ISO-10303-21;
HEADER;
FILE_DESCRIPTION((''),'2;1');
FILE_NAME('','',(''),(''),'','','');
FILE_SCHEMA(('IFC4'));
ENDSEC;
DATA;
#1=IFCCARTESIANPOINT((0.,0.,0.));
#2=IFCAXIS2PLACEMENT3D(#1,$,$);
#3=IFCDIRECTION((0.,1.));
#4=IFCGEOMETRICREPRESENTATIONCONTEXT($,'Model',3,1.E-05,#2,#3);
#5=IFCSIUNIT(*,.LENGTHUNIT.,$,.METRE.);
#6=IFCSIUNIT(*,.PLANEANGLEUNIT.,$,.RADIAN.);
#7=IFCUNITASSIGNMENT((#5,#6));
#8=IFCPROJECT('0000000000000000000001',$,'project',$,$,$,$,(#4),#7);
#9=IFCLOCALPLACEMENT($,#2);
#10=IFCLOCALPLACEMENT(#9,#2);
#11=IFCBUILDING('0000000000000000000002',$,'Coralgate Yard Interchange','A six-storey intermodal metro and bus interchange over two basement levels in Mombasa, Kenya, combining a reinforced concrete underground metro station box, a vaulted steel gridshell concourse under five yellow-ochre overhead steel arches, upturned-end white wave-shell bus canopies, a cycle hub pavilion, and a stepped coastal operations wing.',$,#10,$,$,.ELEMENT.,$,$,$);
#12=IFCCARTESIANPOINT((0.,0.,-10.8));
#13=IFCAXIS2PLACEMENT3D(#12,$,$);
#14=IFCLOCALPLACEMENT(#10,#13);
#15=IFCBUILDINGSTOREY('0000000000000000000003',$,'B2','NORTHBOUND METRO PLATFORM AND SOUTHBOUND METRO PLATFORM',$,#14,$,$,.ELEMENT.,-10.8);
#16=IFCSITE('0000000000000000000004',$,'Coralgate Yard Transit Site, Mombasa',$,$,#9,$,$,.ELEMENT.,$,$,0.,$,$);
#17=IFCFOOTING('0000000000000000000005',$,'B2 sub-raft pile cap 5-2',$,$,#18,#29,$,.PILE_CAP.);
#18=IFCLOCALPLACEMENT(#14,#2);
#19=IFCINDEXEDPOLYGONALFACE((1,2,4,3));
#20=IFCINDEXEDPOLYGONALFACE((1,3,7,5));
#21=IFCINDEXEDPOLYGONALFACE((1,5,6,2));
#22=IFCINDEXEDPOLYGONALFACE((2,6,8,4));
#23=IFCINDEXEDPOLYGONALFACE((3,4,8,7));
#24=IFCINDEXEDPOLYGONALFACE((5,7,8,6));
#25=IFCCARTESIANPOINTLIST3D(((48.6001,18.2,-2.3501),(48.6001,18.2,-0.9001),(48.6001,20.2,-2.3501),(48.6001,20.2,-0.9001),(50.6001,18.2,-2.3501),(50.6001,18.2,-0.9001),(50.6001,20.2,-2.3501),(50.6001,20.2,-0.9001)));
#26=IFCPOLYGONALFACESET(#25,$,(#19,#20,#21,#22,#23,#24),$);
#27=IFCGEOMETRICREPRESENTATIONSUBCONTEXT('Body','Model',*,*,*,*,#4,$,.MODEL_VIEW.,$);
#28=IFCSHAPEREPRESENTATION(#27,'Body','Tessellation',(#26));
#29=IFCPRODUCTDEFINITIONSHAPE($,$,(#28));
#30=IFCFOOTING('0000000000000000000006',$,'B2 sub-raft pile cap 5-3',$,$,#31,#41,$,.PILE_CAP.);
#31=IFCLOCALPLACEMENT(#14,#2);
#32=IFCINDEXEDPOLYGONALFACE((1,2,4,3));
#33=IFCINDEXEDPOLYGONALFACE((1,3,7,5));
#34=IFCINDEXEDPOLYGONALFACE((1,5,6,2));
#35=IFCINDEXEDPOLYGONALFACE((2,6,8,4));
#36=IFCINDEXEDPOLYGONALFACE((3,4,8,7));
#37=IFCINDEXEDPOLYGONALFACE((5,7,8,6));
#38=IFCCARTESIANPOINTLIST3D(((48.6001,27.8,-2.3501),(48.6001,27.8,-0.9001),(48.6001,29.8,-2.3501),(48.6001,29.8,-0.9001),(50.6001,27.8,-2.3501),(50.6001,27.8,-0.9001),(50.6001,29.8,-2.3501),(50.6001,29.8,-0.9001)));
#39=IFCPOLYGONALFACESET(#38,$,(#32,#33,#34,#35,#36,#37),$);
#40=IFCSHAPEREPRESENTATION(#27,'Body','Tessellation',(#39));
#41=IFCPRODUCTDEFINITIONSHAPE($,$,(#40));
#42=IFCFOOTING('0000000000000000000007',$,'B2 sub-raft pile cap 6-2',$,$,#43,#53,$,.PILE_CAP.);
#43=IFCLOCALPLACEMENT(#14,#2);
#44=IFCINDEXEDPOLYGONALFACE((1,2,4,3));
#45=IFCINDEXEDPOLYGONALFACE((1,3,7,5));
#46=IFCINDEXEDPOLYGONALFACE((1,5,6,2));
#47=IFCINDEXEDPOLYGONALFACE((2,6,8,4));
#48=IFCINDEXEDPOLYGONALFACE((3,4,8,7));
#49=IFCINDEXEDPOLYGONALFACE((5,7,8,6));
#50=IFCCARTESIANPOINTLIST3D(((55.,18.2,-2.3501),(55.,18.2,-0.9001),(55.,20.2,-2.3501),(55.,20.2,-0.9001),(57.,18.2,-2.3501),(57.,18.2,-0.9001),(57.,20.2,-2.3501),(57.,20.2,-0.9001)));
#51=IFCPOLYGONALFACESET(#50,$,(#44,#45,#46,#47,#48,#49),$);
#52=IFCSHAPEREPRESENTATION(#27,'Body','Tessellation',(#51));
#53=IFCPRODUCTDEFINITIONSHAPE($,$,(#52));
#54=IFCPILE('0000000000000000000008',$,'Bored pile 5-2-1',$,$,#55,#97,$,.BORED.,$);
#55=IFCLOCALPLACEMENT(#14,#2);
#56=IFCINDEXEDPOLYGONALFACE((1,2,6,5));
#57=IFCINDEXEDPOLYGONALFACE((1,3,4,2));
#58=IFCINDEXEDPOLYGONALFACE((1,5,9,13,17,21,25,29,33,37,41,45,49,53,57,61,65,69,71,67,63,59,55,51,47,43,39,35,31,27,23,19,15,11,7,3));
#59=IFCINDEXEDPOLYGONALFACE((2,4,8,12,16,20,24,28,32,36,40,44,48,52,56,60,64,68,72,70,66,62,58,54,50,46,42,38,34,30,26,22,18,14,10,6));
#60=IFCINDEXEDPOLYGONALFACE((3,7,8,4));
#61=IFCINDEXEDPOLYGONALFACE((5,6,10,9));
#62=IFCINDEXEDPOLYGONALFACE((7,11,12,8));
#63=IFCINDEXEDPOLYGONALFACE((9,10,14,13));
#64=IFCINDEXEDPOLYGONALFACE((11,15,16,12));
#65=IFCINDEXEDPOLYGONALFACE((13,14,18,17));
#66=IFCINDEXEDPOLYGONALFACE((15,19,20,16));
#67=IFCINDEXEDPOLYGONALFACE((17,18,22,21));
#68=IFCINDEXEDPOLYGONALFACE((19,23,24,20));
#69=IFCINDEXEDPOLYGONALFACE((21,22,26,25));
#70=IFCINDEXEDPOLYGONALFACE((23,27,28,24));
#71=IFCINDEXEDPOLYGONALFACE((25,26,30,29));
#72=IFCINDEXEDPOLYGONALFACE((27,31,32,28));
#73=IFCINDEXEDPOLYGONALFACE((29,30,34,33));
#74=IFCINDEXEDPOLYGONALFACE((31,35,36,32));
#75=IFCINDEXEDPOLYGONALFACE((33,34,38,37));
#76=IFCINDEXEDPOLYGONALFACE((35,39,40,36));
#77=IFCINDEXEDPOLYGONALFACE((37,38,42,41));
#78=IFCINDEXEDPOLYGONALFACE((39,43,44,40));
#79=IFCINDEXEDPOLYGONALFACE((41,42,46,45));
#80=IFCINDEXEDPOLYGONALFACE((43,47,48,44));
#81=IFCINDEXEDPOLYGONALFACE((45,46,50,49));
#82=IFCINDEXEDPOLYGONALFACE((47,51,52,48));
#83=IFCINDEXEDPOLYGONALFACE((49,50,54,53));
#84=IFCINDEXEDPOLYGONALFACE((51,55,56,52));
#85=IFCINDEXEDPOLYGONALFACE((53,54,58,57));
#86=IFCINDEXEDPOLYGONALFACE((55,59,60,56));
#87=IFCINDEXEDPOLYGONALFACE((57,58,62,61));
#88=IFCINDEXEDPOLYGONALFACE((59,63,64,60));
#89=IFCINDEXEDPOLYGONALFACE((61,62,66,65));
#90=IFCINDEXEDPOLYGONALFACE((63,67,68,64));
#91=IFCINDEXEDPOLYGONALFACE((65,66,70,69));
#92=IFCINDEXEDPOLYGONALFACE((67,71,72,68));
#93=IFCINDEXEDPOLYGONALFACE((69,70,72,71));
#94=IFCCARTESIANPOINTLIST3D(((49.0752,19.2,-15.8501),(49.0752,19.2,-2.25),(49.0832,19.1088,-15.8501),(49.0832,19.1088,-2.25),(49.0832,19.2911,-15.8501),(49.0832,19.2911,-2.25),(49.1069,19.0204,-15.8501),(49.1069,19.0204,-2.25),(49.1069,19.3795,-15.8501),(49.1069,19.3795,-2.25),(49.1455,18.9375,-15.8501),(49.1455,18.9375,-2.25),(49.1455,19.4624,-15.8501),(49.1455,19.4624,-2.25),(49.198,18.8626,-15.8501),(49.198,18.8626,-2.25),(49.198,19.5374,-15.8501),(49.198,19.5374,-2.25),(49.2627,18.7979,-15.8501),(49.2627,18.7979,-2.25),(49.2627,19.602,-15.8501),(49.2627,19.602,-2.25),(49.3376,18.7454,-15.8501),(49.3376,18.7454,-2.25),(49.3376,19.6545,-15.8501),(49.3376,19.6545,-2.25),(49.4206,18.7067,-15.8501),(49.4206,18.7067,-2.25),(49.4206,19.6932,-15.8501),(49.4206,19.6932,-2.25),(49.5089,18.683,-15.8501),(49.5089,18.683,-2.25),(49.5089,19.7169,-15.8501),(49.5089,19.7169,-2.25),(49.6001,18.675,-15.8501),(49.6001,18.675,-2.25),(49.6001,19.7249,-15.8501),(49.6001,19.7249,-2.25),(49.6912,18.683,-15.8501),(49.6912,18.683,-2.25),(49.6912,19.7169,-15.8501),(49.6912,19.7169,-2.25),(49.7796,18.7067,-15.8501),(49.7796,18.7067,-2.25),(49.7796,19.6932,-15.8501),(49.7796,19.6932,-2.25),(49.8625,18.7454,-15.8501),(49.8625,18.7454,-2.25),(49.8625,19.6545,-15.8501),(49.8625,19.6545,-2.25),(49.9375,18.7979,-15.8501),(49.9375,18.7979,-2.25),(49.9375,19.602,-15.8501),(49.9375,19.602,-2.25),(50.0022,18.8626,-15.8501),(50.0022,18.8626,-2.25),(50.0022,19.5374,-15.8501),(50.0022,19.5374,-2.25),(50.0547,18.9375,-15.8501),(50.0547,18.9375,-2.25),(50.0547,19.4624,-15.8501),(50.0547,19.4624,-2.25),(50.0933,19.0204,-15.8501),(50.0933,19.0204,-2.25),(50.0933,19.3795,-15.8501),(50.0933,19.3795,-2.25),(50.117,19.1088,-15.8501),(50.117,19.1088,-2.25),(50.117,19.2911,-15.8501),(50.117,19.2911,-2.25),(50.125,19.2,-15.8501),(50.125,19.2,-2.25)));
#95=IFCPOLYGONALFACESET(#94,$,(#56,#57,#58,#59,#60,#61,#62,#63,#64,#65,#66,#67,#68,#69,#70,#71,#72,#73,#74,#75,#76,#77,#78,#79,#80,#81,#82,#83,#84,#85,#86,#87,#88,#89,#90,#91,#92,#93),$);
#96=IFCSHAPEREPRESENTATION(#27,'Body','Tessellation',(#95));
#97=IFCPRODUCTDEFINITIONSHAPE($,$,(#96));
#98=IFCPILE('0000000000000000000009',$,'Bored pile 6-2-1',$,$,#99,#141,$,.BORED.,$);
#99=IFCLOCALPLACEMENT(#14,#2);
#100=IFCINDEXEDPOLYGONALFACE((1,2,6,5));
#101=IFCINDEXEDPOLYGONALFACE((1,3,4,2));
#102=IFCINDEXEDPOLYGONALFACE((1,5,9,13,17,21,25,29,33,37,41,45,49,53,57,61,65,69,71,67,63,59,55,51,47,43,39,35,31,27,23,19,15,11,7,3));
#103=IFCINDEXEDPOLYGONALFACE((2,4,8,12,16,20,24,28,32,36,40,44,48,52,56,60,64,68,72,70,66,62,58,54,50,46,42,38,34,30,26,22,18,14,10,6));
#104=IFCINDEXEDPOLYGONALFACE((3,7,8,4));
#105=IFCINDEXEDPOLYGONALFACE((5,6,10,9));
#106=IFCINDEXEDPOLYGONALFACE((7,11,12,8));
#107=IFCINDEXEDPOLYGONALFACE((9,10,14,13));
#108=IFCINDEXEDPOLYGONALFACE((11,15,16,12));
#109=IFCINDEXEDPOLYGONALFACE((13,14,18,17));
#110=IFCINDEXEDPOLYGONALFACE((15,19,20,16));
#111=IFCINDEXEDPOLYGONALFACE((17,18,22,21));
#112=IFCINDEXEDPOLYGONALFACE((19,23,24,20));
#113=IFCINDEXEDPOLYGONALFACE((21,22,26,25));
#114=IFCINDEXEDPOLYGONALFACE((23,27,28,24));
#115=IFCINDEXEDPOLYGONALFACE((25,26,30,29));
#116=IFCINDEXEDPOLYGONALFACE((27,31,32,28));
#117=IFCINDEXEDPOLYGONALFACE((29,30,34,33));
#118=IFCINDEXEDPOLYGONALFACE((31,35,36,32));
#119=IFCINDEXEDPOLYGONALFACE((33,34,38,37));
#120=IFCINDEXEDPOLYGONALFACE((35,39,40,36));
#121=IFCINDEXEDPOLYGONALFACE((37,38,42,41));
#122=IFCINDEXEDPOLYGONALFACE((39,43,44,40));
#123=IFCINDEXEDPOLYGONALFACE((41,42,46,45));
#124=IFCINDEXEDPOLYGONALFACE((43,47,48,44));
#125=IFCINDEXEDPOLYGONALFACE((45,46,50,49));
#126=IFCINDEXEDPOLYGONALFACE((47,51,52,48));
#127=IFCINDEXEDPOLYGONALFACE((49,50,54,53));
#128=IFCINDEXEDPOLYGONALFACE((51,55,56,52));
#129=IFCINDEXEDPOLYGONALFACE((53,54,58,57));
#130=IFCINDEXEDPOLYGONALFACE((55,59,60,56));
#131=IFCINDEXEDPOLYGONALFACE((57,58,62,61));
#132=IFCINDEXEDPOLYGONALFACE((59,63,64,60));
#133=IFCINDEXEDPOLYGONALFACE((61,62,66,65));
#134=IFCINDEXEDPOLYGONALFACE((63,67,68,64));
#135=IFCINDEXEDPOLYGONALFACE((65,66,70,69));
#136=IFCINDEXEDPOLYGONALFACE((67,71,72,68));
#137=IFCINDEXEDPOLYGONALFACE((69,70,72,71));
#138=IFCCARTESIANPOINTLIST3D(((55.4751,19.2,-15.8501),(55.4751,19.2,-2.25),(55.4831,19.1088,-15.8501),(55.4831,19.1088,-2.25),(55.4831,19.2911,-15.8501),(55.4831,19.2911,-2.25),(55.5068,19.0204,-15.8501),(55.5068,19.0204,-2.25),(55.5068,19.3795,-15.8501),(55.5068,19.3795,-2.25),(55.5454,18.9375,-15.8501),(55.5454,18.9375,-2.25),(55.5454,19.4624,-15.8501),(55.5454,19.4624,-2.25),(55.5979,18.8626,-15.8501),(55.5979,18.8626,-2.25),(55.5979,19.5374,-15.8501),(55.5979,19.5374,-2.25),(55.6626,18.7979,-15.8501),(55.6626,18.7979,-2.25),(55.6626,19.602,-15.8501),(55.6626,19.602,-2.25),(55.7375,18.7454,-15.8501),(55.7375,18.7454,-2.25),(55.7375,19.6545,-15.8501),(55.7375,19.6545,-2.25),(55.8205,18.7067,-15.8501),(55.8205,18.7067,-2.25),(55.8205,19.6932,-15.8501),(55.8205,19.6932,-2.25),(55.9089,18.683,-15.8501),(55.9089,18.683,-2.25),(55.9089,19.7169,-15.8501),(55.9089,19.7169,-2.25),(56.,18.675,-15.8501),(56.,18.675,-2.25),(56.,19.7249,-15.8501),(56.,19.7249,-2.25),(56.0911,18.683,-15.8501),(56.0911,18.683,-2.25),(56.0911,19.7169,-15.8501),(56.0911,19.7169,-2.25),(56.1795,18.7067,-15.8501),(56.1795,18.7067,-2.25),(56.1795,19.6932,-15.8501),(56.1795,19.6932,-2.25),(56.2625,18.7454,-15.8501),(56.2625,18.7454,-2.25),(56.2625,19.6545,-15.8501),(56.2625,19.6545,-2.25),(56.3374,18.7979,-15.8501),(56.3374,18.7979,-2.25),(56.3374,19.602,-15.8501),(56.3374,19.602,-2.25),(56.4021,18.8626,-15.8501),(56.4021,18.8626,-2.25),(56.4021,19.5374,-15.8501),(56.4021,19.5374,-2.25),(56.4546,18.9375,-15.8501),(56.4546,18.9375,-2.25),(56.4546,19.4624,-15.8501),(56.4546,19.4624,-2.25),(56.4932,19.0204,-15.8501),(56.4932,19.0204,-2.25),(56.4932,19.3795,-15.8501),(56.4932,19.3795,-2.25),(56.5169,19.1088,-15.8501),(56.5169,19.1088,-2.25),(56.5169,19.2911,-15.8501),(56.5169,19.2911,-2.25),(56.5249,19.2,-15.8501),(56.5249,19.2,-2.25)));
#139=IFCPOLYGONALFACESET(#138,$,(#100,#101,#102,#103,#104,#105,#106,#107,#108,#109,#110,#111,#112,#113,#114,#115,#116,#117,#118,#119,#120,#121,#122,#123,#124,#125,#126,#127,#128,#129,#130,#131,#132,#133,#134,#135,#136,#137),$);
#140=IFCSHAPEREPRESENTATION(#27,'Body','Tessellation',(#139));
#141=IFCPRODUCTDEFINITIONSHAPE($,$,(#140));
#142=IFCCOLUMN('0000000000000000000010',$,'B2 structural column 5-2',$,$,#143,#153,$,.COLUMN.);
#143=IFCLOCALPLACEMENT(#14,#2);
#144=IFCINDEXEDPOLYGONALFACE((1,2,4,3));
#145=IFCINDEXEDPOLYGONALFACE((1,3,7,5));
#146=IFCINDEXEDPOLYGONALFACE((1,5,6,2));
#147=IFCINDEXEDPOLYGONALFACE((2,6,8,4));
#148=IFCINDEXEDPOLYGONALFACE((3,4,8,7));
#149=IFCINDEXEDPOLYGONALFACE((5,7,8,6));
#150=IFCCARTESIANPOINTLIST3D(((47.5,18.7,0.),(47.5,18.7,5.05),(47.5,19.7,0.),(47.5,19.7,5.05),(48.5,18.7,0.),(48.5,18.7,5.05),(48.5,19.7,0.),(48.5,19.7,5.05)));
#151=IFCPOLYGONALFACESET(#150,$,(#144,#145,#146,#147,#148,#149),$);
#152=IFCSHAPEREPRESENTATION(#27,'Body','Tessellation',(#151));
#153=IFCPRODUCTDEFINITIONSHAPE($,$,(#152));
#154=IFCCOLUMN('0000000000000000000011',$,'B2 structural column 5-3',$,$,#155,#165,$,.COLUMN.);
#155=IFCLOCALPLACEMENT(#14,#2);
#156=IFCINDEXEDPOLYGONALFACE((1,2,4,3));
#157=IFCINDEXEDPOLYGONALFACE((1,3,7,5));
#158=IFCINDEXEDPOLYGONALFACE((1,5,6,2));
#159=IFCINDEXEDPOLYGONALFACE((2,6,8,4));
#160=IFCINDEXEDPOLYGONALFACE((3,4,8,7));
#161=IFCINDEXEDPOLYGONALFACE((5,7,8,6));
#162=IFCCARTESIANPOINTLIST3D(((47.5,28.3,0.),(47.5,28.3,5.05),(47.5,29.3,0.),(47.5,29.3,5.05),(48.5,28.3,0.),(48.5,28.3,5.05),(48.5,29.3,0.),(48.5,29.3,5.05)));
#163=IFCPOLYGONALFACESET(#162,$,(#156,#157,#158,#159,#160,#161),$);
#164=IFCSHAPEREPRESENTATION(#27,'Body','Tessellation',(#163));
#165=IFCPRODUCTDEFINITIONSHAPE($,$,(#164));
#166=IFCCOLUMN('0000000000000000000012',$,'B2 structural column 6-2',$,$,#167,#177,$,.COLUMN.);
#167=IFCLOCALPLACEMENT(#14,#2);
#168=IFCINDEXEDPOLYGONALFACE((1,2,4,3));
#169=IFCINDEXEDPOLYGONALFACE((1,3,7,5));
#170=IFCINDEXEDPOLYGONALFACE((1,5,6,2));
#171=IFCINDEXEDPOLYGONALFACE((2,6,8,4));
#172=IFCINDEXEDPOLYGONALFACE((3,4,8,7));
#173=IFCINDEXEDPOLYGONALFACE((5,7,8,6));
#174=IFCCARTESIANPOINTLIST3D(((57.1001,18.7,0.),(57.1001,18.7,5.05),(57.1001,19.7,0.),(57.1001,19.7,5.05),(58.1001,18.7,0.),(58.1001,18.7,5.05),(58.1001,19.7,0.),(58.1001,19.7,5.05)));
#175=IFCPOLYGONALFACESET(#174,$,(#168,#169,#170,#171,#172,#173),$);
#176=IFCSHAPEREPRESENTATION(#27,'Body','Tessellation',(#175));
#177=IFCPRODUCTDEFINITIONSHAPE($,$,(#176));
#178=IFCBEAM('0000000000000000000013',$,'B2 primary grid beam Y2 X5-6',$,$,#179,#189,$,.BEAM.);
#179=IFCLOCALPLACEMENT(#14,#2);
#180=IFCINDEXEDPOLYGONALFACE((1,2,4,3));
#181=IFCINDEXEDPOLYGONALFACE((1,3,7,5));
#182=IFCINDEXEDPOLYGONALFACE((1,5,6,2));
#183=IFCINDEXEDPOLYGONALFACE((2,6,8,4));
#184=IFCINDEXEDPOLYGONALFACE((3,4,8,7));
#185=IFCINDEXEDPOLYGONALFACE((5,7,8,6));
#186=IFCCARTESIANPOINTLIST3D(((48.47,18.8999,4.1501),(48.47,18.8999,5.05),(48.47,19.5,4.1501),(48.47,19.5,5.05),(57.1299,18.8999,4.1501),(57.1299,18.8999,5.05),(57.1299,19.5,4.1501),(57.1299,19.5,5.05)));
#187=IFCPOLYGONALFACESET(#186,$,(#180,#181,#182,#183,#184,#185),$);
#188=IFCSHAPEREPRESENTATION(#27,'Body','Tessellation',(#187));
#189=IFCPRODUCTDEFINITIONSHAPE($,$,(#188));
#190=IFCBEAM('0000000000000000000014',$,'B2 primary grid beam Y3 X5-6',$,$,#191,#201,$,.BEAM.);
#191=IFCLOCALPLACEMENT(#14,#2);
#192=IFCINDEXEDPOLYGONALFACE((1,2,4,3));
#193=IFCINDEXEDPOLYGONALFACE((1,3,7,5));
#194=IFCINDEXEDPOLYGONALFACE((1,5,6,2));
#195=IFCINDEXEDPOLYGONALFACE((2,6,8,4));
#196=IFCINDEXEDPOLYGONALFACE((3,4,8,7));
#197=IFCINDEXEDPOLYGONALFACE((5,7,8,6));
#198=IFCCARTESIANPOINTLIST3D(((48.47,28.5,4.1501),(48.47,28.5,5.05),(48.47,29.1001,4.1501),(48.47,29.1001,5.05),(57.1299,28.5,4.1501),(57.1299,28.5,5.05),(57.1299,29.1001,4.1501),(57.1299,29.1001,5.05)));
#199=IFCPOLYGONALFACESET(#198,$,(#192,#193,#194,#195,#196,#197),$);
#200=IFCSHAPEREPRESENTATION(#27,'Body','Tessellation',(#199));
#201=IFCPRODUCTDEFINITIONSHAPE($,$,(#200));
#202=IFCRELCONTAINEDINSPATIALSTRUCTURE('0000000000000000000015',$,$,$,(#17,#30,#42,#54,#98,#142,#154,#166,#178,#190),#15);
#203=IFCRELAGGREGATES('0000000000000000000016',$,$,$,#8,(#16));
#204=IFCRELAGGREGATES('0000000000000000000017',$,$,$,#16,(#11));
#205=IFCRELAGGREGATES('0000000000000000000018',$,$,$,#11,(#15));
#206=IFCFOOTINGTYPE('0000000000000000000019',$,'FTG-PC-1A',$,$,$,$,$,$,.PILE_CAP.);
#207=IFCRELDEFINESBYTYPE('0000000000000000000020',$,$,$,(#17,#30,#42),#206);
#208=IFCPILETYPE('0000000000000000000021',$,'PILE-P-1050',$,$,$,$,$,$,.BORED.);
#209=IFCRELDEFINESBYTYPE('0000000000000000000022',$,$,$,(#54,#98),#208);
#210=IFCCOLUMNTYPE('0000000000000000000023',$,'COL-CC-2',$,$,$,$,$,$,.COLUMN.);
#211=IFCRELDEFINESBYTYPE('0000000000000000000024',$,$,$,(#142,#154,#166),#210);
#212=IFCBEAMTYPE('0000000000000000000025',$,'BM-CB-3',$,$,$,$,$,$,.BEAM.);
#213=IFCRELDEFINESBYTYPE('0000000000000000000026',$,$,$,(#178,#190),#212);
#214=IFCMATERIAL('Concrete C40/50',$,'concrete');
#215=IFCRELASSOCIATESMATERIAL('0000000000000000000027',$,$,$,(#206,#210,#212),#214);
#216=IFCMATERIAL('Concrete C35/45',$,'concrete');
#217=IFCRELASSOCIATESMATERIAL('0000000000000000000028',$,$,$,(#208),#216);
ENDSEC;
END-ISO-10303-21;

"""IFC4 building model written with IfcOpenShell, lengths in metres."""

from ifc_helpers import new_model, si_unit, direction, frame, origin, origin_2d, place, context, subcontext, project, spatial, rectangle, circle, extrude, material, material_profile, profile_set, type_object, element, save


model = new_model("IFC4")

# Units and contexts
model_context = context("Model", 3, precision=1e-05, world=origin(), true_north=direction((0.0, 1.0)))
body_context = subcontext(model_context, "Body", "Model", "MODEL_VIEW")
ifc_project = project(units=[si_unit("LENGTHUNIT", "METRE"), si_unit("PLANEANGLEUNIT", "RADIAN")], contexts=[model_context])

# Site, building, storey
site_placement = place(None, origin())
site = spatial("IfcSite", under=ifc_project, at=site_placement, Name="Coralgate Yard Transit Site, Mombasa", CompositionType="ELEMENT", RefElevation=0.0)
building_placement = place(site_placement, origin())
building = spatial("IfcBuilding", under=site, at=building_placement, Name="Coralgate Yard Interchange", Description="A six-storey intermodal metro and bus interchange over two basement levels in Mombasa, Kenya, combining a reinforced concrete underground metro station box, a vaulted steel gridshell concourse under five yellow-ochre overhead steel arches, upturned-end white wave-shell bus canopies, a cycle hub pavilion, and a stepped coastal operations wing.", CompositionType="ELEMENT")
storey_placement = place(building_placement, frame((0.0, 0.0, -10.8)))
storey = spatial("IfcBuildingStorey", under=building, at=storey_placement, Name="B2", Description="NORTHBOUND METRO PLATFORM AND SOUTHBOUND METRO PLATFORM", CompositionType="ELEMENT", Elevation=-10.8)

# Footings
ifc_material_1 = material(Name="Concrete C40/50", Category="concrete")
footing_type = type_object("IfcFootingType", Name="FTG-PC-1A", PredefinedType="PILE_CAP", material=ifc_material_1)
for number, where, z_axis, x_axis, name in (
    (1, (49.6001, 19.2, -2.3501), (0.0, 0.0, 1.0), (1.0, 0.0, 0.0), "B2 sub-raft pile cap 5-2"),
    (2, (49.6001, 28.8, -2.3501), (0.0, 0.0, 1.0), (1.0, 0.0, 0.0), "B2 sub-raft pile cap 5-3"),
    (3, (56.0, 19.2, -2.3501), (0.0, 0.0, 1.0), (1.0, 0.0, 0.0), "B2 sub-raft pile cap 6-2"),
):
    element("IfcFooting", number, at=place(storey_placement, frame(where, z_axis=z_axis, x_axis=x_axis)), inside=storey, type_object=footing_type, Name=name, PredefinedType="PILE_CAP", context=body_context, shape_type="SweptSolid", body=[
        extrude(rectangle(XDim=2.0, YDim=2.0, at=origin_2d()), origin(), (0.0, 0.0, 1.0), 1.45),
    ])

# Piles
ifc_material_2 = material(Name="Concrete C35/45", Category="concrete")
ifc_material_profile_1 = material_profile(ifc_material_2, circle(Radius=0.5249, at=origin_2d()), Name="BORED PILE D1050")
ifc_profile_set_1 = profile_set([ifc_material_profile_1], Name="Concrete C35/45")
pile_type = type_object("IfcPileType", Name="PILE-P-1050", PredefinedType="BORED", material=ifc_profile_set_1)
for number, where, z_axis, x_axis, name in (
    (4, (49.6001, 19.2, -2.25), (0.0, 0.0, -1.0), (1.0, 0.0, 0.0), "Bored pile 5-2-1"),
    (5, (56.0, 19.2, -2.25), (0.0, 0.0, -1.0), (1.0, 0.0, 0.0), "Bored pile 6-2-1"),
):
    element("IfcPile", number, at=place(storey_placement, frame(where, z_axis=z_axis, x_axis=x_axis)), inside=storey, type_object=pile_type, Name=name, PredefinedType="BORED", context=body_context, shape_type="SweptSolid", body=[
        extrude(circle(Radius=0.5249, at=origin_2d()), origin(), (0.0, 0.0, 1.0), 13.6001),
    ])

# Columns
ifc_material_profile_2 = material_profile(ifc_material_1, rectangle(XDim=1.0, YDim=1.0, at=origin_2d()), Name="RC 1000x1000")
ifc_profile_set_2 = profile_set([ifc_material_profile_2], Name="Concrete C40/50")
column_type = type_object("IfcColumnType", Name="COL-CC-2", PredefinedType="COLUMN", material=ifc_profile_set_2)
for number, where, z_axis, x_axis, name in (
    (6, (48.0, 19.2, 0.0), (0.0, 0.0, 1.0), (1.0, 0.0, 0.0), "B2 structural column 5-2"),
    (7, (48.0, 28.8, 0.0), (0.0, 0.0, 1.0), (1.0, 0.0, 0.0), "B2 structural column 5-3"),
    (8, (57.6001, 19.2, 0.0), (0.0, 0.0, 1.0), (1.0, 0.0, 0.0), "B2 structural column 6-2"),
):
    element("IfcColumn", number, at=place(storey_placement, frame(where, z_axis=z_axis, x_axis=x_axis)), inside=storey, type_object=column_type, Name=name, PredefinedType="COLUMN", context=body_context, shape_type="SweptSolid", body=[
        extrude(rectangle(XDim=1.0, YDim=1.0, at=origin_2d()), origin(), (0.0, 0.0, 1.0), 5.05),
    ])

# Beams
ifc_material_profile_3 = material_profile(ifc_material_1, rectangle(XDim=0.6001, YDim=0.8999, at=origin_2d()), Name="RC 600x900")
ifc_profile_set_3 = profile_set([ifc_material_profile_3], Name="Concrete C40/50")
beam_type_1 = type_object("IfcBeamType", Name="BM-CB-3", PredefinedType="BEAM", material=ifc_profile_set_3)
for number, where, z_axis, x_axis, name in (
    (9, (48.47, 19.2, 4.6001), (1.0, 0.0, 0.0), (0.0, 1.0, 0.0), "B2 primary grid beam Y2 X5-6"),
    (10, (48.47, 28.8, 4.6001), (1.0, 0.0, 0.0), (0.0, 1.0, 0.0), "B2 primary grid beam Y3 X5-6"),
):
    element("IfcBeam", number, at=place(storey_placement, frame(where, z_axis=z_axis, x_axis=x_axis)), inside=storey, type_object=beam_type_1, Name=name, PredefinedType="BEAM", context=body_context, shape_type="SweptSolid", body=[
        extrude(rectangle(XDim=0.6001, YDim=0.8999, at=origin_2d()), origin(), (0.0, 0.0, 1.0), 8.6599),
    ])

save(model, "model.ifc")
